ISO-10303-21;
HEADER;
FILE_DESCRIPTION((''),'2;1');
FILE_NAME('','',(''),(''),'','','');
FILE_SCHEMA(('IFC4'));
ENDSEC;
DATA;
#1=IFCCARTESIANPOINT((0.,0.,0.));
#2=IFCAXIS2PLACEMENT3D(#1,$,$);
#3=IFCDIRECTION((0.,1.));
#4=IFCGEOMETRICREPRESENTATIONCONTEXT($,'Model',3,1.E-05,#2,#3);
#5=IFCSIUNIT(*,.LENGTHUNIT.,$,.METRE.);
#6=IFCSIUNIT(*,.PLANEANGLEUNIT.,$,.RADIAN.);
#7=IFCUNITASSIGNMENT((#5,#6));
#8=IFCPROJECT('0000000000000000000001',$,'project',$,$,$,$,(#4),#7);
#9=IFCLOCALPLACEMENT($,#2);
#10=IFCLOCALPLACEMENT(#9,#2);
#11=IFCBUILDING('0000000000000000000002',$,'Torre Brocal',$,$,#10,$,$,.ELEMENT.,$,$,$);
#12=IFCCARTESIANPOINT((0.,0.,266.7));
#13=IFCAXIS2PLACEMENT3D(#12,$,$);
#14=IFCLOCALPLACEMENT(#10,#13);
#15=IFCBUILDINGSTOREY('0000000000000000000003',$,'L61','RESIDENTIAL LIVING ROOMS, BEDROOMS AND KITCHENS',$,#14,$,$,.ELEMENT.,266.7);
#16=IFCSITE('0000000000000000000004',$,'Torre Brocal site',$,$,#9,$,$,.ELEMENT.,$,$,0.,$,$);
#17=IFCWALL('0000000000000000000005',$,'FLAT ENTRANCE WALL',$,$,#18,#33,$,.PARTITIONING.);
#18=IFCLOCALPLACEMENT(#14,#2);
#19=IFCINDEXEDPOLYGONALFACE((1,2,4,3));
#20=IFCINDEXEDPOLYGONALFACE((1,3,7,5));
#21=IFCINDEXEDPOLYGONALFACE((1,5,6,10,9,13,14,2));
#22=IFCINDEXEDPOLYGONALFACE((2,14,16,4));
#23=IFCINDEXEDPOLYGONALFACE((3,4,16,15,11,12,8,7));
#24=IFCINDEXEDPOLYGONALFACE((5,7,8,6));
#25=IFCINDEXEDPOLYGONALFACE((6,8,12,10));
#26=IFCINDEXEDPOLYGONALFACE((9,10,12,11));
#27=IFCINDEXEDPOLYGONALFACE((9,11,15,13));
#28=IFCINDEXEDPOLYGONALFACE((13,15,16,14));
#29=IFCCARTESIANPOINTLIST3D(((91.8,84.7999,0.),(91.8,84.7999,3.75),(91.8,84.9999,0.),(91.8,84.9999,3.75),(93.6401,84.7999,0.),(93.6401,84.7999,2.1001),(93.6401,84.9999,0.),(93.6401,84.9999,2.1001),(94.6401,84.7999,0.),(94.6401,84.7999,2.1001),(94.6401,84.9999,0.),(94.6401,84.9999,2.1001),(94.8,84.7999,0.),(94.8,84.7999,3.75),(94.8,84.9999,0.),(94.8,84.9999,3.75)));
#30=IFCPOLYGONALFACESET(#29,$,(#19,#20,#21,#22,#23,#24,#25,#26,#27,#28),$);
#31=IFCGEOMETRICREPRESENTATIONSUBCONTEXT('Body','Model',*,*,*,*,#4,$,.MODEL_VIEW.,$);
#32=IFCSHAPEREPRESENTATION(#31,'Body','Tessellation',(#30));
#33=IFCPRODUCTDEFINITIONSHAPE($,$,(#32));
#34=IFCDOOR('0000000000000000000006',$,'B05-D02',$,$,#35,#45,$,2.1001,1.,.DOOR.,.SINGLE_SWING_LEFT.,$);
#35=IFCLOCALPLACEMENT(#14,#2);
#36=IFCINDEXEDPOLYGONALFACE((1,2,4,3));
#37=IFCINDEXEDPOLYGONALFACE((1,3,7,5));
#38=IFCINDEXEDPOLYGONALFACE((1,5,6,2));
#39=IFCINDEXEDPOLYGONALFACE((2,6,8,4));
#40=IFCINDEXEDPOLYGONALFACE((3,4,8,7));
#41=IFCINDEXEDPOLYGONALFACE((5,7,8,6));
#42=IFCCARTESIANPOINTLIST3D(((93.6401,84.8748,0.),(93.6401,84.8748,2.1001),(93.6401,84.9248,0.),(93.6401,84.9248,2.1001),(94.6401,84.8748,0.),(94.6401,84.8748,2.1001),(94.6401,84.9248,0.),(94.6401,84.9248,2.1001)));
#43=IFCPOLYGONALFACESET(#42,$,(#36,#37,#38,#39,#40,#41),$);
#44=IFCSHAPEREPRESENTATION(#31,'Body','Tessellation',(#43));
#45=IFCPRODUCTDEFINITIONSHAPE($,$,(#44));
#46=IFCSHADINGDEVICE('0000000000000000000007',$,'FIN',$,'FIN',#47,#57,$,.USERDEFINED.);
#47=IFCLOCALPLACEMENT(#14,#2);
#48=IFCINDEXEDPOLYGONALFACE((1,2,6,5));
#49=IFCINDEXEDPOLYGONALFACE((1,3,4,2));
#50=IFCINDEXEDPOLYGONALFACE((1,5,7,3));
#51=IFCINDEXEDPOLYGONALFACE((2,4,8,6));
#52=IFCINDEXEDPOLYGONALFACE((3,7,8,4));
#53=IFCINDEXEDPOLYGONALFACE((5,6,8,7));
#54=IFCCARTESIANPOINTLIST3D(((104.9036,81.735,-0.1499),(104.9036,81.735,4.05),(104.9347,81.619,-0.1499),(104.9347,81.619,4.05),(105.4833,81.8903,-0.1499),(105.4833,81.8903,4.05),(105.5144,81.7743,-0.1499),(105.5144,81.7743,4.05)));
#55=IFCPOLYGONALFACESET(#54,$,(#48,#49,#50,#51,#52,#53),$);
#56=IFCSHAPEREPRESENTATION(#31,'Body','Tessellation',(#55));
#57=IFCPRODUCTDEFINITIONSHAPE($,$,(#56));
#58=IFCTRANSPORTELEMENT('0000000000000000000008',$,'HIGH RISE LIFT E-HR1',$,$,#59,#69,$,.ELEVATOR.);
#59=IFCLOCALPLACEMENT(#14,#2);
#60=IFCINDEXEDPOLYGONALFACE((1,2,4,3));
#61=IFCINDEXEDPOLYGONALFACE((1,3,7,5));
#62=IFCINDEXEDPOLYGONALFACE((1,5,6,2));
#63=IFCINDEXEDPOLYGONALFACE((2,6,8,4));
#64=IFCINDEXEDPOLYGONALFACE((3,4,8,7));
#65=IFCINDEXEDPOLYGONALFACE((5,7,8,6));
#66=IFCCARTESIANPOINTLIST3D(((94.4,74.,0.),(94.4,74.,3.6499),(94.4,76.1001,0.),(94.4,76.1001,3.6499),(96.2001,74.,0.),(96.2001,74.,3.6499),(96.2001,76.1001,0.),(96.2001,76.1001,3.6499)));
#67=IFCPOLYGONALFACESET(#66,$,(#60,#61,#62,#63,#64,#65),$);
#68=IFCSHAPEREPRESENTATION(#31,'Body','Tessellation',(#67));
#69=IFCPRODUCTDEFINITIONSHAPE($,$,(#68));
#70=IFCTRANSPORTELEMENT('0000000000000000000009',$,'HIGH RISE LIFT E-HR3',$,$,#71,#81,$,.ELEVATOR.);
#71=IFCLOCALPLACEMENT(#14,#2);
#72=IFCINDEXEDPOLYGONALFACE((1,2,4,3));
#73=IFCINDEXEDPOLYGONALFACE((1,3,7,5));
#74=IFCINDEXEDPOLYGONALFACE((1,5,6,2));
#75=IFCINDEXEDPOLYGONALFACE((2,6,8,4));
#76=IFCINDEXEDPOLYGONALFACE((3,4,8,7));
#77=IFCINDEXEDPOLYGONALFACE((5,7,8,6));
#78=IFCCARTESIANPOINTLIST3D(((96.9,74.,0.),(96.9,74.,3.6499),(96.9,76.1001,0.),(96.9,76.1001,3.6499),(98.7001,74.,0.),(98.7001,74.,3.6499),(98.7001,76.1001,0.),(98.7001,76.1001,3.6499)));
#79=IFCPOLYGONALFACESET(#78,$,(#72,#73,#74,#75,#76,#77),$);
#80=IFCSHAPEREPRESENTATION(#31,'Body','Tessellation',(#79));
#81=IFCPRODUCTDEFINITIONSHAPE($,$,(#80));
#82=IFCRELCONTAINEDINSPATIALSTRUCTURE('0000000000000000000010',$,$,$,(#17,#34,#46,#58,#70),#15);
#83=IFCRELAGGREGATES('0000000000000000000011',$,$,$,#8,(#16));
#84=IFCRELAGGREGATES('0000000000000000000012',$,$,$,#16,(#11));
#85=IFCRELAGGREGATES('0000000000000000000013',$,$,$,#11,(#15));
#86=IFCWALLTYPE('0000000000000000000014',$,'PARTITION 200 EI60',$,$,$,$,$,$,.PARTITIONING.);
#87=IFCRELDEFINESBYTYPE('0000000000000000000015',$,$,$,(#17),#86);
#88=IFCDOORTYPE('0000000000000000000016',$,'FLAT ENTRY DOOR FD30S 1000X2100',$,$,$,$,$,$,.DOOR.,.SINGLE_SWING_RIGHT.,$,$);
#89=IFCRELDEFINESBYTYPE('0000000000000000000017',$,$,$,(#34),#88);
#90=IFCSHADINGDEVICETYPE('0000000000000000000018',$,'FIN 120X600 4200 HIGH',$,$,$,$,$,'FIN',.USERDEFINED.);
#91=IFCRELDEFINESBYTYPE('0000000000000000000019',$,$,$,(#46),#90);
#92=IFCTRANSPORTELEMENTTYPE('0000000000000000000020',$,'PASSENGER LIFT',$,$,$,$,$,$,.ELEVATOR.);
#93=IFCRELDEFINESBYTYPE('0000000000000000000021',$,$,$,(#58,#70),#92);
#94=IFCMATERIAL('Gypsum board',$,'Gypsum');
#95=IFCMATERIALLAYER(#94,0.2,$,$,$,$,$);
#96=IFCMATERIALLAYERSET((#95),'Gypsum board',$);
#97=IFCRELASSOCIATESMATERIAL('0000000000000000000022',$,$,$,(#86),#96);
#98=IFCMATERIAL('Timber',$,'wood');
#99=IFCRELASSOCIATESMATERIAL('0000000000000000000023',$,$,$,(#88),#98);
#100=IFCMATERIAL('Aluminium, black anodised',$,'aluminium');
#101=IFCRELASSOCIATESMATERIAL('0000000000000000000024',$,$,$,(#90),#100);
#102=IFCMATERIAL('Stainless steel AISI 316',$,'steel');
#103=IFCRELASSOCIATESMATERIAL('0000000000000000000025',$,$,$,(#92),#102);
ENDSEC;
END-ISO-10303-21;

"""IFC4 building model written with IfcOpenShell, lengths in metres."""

from ifc_helpers import new_model, si_unit, direction, frame, frame_2d, origin, origin_2d, place, context, subcontext, project, spatial, rectangle, extrude, material, layer, layer_set, material_profile, profile_set, type_object, element, fill, save


model = new_model("IFC4")

# Units and contexts
model_context = context("Model", 3, precision=1e-05, world=origin(), true_north=direction((0.0, 1.0)))
body_context = subcontext(model_context, "Body", "Model", "MODEL_VIEW")
ifc_project = project(units=[si_unit("LENGTHUNIT", "METRE"), si_unit("PLANEANGLEUNIT", "RADIAN")], contexts=[model_context])

# Site, building, storey
site_placement = place(None, origin())
site = spatial("IfcSite", under=ifc_project, at=site_placement, Name="Torre Brocal site", CompositionType="ELEMENT", RefElevation=0.0)
building_placement = place(site_placement, origin())
building = spatial("IfcBuilding", under=site, at=building_placement, Name="Torre Brocal", CompositionType="ELEMENT")
storey_placement = place(building_placement, frame((0.0, 0.0, 266.7)))
storey = spatial("IfcBuildingStorey", under=building, at=storey_placement, Name="L61", Description="RESIDENTIAL LIVING ROOMS, BEDROOMS AND KITCHENS", CompositionType="ELEMENT", Elevation=266.7)

# Wall, opening, door
ifc_material_1 = material(Name="Gypsum board", Category="Gypsum")
ifc_layer_1 = layer(ifc_material_1, 0.2)
ifc_layer_set_1 = layer_set([ifc_layer_1], Name="Gypsum board")
wall_type_1 = type_object("IfcWallType", Name="PARTITION 200 EI60", PredefinedType="PARTITIONING", material=ifc_layer_set_1)
wall_1_placement = place(storey_placement, frame((91.8, 84.8999, 0.0), z_axis=(0.0, 0.0, 1.0), x_axis=(1.0, 0.0, 0.0)))
wall_1 = element("IfcWall", 1, at=wall_1_placement, inside=storey, type_object=wall_type_1, Name="FLAT ENTRANCE WALL", PredefinedType="PARTITIONING", context=body_context, shape_type="SweptSolid", body=[
    extrude(rectangle(XDim=3.0, YDim=0.2, at=frame_2d((1.5, 0.0))), origin(), (0.0, 0.0, 1.0), 3.75),
])
opening_1_placement = place(wall_1_placement, frame((1.8401, 0.0, 0.0)))
opening_1 = element("IfcOpeningElement", 2, at=opening_1_placement, cuts=wall_1, PredefinedType="OPENING", context=body_context, shape_type="SweptSolid", body=[
    extrude(rectangle(XDim=1.0, YDim=2.1001, at=frame_2d((0.5, 1.05))), frame((0.0, 0.1099, 0.0), z_axis=(0.0, -1.0, 0.0), x_axis=(1.0, 0.0, 0.0)), (0.0, 0.0, 1.0), 0.22),
])
ifc_material_2 = material(Name="Timber", Category="wood")
door_type_1 = type_object("IfcDoorType", Name="FLAT ENTRY DOOR FD30S 1000X2100", OperationType="SINGLE_SWING_RIGHT", PredefinedType="DOOR", material=ifc_material_2)
door_1_placement = place(opening_1_placement, origin())
door_1 = element("IfcDoor", 3, at=door_1_placement, inside=storey, type_object=door_type_1, Name="B05-D02", OperationType="SINGLE_SWING_LEFT", OverallHeight=2.1001, OverallWidth=1.0, PredefinedType="DOOR", context=body_context, shape_type="SweptSolid", body=[
    extrude(rectangle(XDim=1.0, YDim=2.1001, at=frame_2d((0.5, 1.05))), frame((0.0, 0.0249, 0.0), z_axis=(0.0, -1.0, 0.0), x_axis=(1.0, 0.0, 0.0)), (0.0, 0.0, 1.0), 0.05),
])
fill(opening_1, door_1)

# Shading device
ifc_material_3 = material(Name="Aluminium, black anodised", Category="aluminium")
ifc_material_profile_1 = material_profile(ifc_material_3, rectangle(XDim=0.1201, YDim=0.6001, at=origin_2d()), Name="FIN 120X600 4200 HIGH")
ifc_profile_set_1 = profile_set([ifc_material_profile_1], Name="Aluminium, black anodised")
shading_device_type = type_object("IfcShadingDeviceType", Name="FIN 120X600 4200 HIGH", ElementType="FIN", PredefinedType="USERDEFINED", material=ifc_profile_set_1)
shading_device_placement = place(storey_placement, frame((105.209, 81.7546, -0.1499), z_axis=(0.0, 0.0, 1.0), x_axis=(-0.258819, 0.965926, 0.0)))
element("IfcShadingDevice", 4, at=shading_device_placement, inside=storey, type_object=shading_device_type, Name="FIN", ObjectType="FIN", PredefinedType="USERDEFINED", context=body_context, shape_type="SweptSolid", body=[
    extrude(rectangle(XDim=0.1201, YDim=0.6001, at=origin_2d()), origin(), (0.0, 0.0, 1.0), 4.2),
])

# Transport elements
ifc_material_4 = material(Name="Stainless steel AISI 316", Category="steel")
transport_element_type = type_object("IfcTransportElementType", Name="PASSENGER LIFT", PredefinedType="ELEVATOR", material=ifc_material_4)
for number, where, z_axis, x_axis, name in (
    (5, (95.3, 75.05, 0.0), (0.0, 0.0, 1.0), (1.0, 0.0, 0.0), "HIGH RISE LIFT E-HR1"),
    (6, (97.8, 75.05, 0.0), (0.0, 0.0, 1.0), (1.0, 0.0, 0.0), "HIGH RISE LIFT E-HR3"),
):
    element("IfcTransportElement", number, at=place(storey_placement, frame(where, z_axis=z_axis, x_axis=x_axis)), inside=storey, type_object=transport_element_type, Name=name, PredefinedType="ELEVATOR", context=body_context, shape_type="SweptSolid", body=[
        extrude(rectangle(XDim=1.8, YDim=2.1001, at=origin_2d()), origin(), (0.0, 0.0, 1.0), 3.6499),
    ])

save(model, "model.ifc")
